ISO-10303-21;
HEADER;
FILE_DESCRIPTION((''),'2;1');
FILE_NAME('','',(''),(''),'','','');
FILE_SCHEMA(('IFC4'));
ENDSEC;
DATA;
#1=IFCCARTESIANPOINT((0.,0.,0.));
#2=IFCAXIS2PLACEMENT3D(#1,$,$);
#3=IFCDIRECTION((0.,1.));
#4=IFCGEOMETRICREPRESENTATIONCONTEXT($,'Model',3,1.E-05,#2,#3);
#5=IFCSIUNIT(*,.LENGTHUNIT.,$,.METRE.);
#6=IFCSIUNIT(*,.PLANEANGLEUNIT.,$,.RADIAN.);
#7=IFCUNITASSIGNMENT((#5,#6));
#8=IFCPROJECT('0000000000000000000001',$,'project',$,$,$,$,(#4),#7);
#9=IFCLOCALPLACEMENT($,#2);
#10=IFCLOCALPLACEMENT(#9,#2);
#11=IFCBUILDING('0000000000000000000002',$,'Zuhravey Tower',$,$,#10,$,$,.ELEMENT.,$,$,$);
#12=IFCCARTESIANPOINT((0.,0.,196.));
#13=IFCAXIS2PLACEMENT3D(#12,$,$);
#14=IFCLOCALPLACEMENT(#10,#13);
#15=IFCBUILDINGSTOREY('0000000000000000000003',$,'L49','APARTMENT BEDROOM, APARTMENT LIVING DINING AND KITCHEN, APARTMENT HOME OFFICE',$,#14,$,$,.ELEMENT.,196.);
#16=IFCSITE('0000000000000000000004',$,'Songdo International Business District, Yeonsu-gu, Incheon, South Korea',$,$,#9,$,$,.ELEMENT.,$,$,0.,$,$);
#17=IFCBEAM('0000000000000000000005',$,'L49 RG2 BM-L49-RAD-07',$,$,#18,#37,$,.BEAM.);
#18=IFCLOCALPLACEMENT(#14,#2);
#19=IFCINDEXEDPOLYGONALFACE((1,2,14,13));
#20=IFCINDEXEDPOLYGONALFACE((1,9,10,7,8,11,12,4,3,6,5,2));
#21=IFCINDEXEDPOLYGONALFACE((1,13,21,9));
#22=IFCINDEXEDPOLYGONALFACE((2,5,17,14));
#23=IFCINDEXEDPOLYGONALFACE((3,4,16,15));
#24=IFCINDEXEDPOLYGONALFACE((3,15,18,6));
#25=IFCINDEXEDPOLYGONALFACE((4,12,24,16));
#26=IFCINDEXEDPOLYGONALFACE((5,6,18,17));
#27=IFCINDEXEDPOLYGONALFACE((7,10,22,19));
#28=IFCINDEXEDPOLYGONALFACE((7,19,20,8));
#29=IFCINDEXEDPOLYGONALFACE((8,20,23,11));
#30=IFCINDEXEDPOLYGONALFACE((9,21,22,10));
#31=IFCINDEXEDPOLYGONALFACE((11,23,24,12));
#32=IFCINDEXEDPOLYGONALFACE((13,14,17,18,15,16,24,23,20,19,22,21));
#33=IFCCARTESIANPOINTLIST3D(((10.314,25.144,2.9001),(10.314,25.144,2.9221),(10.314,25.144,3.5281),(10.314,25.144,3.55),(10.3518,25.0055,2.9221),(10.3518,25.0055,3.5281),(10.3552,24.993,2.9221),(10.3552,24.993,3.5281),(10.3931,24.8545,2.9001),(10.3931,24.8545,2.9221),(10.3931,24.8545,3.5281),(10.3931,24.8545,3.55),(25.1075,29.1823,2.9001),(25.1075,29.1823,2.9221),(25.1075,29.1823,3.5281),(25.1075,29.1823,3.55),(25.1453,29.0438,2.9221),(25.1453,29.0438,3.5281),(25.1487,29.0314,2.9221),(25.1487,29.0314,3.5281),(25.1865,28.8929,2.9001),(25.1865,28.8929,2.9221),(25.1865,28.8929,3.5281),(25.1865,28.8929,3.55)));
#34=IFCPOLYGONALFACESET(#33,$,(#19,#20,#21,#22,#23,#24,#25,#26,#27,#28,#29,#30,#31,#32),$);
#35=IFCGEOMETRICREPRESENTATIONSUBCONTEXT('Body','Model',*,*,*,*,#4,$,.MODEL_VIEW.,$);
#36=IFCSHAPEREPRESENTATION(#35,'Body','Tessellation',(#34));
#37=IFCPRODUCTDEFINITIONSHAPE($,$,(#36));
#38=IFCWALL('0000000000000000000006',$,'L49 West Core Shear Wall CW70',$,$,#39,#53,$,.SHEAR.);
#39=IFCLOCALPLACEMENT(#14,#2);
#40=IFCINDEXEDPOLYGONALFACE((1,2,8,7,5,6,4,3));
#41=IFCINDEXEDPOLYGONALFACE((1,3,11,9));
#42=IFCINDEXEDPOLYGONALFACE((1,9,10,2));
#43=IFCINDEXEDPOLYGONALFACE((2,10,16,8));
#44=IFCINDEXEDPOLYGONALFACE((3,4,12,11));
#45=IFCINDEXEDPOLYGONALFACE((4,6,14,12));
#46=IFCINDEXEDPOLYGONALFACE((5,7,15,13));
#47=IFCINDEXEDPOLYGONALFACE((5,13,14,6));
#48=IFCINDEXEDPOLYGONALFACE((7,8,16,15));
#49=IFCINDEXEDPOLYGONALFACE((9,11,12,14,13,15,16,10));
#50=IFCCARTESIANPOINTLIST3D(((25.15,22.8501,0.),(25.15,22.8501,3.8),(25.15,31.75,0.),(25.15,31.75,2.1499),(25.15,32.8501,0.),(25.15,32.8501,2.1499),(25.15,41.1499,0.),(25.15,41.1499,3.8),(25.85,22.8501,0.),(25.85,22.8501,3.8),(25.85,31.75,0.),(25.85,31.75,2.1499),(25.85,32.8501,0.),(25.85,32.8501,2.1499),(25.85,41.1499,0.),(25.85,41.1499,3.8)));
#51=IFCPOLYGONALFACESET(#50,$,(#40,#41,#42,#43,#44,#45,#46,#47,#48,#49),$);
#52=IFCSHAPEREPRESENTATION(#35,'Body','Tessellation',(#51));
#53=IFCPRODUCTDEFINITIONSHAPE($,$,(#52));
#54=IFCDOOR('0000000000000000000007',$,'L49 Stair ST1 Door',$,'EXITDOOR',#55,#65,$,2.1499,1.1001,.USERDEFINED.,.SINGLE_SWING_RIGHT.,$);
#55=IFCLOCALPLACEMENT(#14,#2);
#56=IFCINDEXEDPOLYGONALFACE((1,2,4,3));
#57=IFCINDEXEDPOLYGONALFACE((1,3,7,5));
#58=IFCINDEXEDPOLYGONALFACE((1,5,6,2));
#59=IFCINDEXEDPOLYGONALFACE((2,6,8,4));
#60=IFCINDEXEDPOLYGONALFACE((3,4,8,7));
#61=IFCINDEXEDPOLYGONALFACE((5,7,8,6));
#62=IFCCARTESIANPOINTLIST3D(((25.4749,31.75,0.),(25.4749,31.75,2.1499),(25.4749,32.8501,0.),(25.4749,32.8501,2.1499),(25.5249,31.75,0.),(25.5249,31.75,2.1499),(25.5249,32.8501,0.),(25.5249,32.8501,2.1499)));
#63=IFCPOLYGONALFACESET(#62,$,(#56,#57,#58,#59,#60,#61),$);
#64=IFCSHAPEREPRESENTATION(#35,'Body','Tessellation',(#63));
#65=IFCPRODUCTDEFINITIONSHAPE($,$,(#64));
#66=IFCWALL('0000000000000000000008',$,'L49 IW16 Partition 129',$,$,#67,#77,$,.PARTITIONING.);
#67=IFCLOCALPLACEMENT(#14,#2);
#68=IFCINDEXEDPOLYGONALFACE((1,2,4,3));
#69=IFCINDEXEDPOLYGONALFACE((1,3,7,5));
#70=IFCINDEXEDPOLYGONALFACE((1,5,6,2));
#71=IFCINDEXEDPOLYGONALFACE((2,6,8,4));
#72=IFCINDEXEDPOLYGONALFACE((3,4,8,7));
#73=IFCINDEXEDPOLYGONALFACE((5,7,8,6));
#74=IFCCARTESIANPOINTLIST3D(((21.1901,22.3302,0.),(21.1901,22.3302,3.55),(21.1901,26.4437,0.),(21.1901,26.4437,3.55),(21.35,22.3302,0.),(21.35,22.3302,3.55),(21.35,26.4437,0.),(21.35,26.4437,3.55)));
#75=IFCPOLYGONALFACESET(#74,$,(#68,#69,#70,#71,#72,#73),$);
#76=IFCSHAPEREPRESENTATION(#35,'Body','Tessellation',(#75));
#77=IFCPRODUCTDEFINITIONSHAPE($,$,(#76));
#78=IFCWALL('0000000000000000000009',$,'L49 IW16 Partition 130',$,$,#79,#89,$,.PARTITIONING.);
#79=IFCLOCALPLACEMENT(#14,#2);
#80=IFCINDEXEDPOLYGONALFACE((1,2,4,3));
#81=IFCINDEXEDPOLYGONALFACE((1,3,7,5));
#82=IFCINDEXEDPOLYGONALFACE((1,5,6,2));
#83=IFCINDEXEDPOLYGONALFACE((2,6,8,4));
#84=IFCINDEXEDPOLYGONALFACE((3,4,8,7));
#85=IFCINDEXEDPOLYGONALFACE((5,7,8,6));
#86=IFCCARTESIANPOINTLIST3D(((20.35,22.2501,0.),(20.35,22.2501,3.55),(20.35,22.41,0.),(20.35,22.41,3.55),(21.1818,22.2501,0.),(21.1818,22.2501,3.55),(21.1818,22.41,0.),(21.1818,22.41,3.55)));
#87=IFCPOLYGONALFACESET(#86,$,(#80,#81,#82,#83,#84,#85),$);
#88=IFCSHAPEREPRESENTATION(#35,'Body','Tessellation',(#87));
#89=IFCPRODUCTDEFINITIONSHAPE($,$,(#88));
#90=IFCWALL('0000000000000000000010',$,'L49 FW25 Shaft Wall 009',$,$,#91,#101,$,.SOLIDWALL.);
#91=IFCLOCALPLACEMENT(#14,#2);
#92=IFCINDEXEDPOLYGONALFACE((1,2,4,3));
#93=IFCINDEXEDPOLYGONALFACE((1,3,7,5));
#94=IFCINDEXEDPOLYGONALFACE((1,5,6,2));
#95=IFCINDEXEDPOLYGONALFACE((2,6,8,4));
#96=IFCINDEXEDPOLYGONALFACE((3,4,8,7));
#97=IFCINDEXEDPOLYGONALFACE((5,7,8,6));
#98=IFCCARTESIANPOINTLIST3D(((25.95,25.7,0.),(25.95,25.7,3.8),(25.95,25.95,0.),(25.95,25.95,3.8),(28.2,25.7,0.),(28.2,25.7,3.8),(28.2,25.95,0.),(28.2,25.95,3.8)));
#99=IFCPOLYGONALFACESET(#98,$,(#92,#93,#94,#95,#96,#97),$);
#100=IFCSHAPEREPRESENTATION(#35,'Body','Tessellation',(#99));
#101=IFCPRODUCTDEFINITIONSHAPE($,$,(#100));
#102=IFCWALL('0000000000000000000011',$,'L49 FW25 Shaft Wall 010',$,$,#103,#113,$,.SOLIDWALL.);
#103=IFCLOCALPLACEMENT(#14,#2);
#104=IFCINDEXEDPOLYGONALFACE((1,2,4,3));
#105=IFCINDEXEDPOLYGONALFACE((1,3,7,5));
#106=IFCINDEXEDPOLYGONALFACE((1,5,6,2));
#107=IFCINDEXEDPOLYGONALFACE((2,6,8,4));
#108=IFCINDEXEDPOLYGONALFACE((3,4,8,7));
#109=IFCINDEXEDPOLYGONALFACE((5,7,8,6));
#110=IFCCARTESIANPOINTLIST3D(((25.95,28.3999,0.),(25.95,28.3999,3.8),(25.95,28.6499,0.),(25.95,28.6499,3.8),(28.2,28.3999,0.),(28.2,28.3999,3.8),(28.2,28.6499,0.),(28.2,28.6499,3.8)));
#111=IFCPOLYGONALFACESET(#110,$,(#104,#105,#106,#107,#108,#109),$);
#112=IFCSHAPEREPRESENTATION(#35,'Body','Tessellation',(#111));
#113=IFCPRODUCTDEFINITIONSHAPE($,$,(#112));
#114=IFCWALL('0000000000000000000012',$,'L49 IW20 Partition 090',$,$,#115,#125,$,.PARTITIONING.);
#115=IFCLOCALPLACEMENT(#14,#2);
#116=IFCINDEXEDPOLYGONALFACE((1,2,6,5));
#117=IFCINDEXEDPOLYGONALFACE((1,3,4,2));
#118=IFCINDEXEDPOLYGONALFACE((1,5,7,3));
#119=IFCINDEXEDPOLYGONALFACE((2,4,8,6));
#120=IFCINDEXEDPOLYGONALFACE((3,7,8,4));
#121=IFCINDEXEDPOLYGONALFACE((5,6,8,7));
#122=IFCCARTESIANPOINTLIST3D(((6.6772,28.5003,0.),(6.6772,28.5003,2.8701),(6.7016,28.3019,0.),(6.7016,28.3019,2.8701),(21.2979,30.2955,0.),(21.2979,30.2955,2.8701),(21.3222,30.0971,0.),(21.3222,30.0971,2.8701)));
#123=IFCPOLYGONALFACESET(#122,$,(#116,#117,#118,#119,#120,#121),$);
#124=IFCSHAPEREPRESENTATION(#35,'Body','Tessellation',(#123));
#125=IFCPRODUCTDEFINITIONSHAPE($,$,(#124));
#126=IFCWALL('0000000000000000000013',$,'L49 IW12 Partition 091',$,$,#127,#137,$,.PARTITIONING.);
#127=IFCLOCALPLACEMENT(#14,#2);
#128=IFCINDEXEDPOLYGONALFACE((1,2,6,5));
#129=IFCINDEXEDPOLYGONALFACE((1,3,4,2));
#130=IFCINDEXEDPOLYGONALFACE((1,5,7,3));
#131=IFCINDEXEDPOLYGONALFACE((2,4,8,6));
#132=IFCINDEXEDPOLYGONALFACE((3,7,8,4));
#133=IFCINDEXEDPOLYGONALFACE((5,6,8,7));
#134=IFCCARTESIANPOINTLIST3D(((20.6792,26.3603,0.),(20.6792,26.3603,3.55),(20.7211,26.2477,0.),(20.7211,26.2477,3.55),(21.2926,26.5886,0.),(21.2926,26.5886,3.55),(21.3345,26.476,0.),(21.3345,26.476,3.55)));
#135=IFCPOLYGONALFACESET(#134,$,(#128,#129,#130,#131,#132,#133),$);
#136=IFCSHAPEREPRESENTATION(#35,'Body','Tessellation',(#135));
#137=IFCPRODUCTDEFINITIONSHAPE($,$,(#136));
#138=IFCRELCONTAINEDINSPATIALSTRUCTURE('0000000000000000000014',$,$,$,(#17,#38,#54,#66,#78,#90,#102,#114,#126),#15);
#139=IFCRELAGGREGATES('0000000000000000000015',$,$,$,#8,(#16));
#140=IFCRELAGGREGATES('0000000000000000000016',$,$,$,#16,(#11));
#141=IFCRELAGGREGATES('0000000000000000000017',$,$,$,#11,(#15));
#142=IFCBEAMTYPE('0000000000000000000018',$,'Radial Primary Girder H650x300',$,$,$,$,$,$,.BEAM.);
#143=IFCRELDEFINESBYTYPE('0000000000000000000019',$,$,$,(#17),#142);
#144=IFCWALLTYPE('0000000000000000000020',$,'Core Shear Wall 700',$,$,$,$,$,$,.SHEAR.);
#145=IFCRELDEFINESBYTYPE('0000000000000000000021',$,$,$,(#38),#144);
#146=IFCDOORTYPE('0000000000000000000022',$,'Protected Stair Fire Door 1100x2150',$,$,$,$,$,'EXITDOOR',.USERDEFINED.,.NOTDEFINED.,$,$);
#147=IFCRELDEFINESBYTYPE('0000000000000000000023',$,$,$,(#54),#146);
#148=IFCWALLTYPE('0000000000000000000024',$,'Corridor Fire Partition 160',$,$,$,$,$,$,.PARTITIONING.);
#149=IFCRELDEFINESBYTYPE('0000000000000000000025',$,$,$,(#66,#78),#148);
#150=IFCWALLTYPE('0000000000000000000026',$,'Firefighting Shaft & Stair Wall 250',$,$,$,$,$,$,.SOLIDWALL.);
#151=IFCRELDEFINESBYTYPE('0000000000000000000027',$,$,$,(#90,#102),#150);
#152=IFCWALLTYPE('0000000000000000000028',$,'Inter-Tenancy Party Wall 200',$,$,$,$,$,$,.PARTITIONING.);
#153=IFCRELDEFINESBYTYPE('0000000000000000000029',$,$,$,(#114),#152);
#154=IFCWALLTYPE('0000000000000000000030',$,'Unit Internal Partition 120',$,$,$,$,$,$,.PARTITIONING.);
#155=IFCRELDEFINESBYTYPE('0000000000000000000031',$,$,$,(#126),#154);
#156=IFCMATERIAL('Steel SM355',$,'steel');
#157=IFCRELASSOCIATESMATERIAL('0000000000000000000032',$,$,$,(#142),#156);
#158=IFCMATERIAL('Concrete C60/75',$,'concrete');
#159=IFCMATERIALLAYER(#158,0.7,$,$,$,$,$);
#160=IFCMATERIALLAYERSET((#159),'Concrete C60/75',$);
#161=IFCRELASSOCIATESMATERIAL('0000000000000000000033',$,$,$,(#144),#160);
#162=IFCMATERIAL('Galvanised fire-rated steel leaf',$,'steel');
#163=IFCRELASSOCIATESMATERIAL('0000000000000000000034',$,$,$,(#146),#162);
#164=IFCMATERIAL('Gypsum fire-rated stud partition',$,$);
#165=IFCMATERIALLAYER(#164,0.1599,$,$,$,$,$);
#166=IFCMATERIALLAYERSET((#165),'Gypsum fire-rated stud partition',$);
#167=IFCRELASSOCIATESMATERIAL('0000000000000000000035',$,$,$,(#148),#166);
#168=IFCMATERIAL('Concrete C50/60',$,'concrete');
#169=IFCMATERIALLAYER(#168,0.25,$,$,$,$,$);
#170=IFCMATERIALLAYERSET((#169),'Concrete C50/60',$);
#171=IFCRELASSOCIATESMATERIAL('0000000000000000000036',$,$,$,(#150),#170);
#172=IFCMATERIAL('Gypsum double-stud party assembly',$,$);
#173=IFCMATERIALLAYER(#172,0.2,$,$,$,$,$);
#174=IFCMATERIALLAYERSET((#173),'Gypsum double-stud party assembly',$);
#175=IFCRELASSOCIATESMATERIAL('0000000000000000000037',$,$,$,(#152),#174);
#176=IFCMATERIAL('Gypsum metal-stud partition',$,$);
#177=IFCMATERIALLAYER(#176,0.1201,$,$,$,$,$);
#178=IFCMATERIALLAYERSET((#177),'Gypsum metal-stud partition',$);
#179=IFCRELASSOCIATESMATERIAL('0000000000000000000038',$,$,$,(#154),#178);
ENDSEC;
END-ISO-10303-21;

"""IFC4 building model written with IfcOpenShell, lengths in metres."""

from ifc_helpers import new_model, si_unit, direction, frame, frame_2d, origin, origin_2d, place, context, subcontext, project, spatial, rectangle, i_section, extrude, material, layer, layer_set, material_profile, profile_set, type_object, element, fill, save


model = new_model("IFC4")

# Units and contexts
model_context = context("Model", 3, precision=1e-05, world=origin(), true_north=direction((0.0, 1.0)))
body_context = subcontext(model_context, "Body", "Model", "MODEL_VIEW")
ifc_project = project(units=[si_unit("LENGTHUNIT", "METRE"), si_unit("PLANEANGLEUNIT", "RADIAN")], contexts=[model_context])

# Site, building, storey
site_placement = place(None, origin())
site = spatial("IfcSite", under=ifc_project, at=site_placement, Name="Songdo International Business District, Yeonsu-gu, Incheon, South Korea", CompositionType="ELEMENT", RefElevation=0.0)
building_placement = place(site_placement, origin())
building = spatial("IfcBuilding", under=site, at=building_placement, Name="Zuhravey Tower", CompositionType="ELEMENT")
storey_placement = place(building_placement, frame((0.0, 0.0, 196.0)))
storey = spatial("IfcBuildingStorey", under=building, at=storey_placement, Name="L49", Description="APARTMENT BEDROOM, APARTMENT LIVING DINING AND KITCHEN, APARTMENT HOME OFFICE", CompositionType="ELEMENT", Elevation=196.0)

# Beam
ifc_material_1 = material(Name="Steel SM355", Category="steel")
ifc_material_profile = material_profile(ifc_material_1, i_section(OverallWidth=0.3, OverallDepth=0.6499, WebThickness=0.0129, FlangeThickness=0.022, at=origin_2d()), Name="H-650x300x13x22")
ifc_profile_set = profile_set([ifc_material_profile], Name="Steel SM355")
beam_type = type_object("IfcBeamType", Name="Radial Primary Girder H650x300", PredefinedType="BEAM", material=ifc_profile_set)
beam_placement = place(storey_placement, frame((25.147, 29.0376, 3.2251), z_axis=(-0.964702, -0.263345, 0.0), x_axis=(0.263345, -0.964702, 0.0)))
element("IfcBeam", 1, at=beam_placement, inside=storey, type_object=beam_type, Name="L49 RG2 BM-L49-RAD-07", PredefinedType="BEAM", context=body_context, shape_type="SweptSolid", body=[
    extrude(i_section(OverallWidth=0.3, OverallDepth=0.6499, WebThickness=0.0129, FlangeThickness=0.022, at=origin_2d()), origin(), (0.0, 0.0, 1.0), 15.3347),
])

# Wall, opening, door
ifc_material_2 = material(Name="Concrete C60/75", Category="concrete")
ifc_layer_1 = layer(ifc_material_2, 0.7)
ifc_layer_set_1 = layer_set([ifc_layer_1], Name="Concrete C60/75")
wall_type_1 = type_object("IfcWallType", Name="Core Shear Wall 700", PredefinedType="SHEAR", material=ifc_layer_set_1)
ifc_material_3 = material(Name="Galvanised fire-rated steel leaf", Category="steel")
wall_1_placement = place(storey_placement, frame((25.5, 22.8501, 0.0), z_axis=(0.0, 0.0, 1.0), x_axis=(0.0, 1.0, 0.0)))
wall_1 = element("IfcWall", 2, at=wall_1_placement, inside=storey, type_object=wall_type_1, Name="L49 West Core Shear Wall CW70", PredefinedType="SHEAR", context=body_context, shape_type="SweptSolid", body=[
    extrude(rectangle(XDim=18.2998, YDim=0.7, at=frame_2d((9.1499, 0.0))), origin(), (0.0, 0.0, 1.0), 3.8),
])
opening_1_placement = place(wall_1_placement, frame((8.8999, 0.0, 0.0)))
opening_1 = element("IfcOpeningElement", 3, at=opening_1_placement, cuts=wall_1, PredefinedType="OPENING", context=body_context, shape_type="SweptSolid", body=[
    extrude(rectangle(XDim=1.1001, YDim=2.1499, at=frame_2d((0.55, 1.075))), frame((0.0, 0.3621, 0.0), z_axis=(0.0, -1.0, 0.0), x_axis=(1.0, 0.0, 0.0)), (0.0, 0.0, 1.0), 0.7239),
])
door_type_1 = type_object("IfcDoorType", Name="Protected Stair Fire Door 1100x2150", ElementType="EXITDOOR", OperationType="NOTDEFINED", PredefinedType="USERDEFINED", material=ifc_material_3)
door_1_placement = place(opening_1_placement, frame((1.1001, 0.0, 0.0), z_axis=(0.0, 0.0, 1.0), x_axis=(-1.0, 0.0, 0.0)))
door_1 = element("IfcDoor", 4, at=door_1_placement, inside=storey, type_object=door_type_1, Name="L49 Stair ST1 Door", ObjectType="EXITDOOR", OperationType="SINGLE_SWING_RIGHT", OverallHeight=2.1499, OverallWidth=1.1001, PredefinedType="USERDEFINED", context=body_context, shape_type="SweptSolid", body=[
    extrude(rectangle(XDim=1.1001, YDim=2.1499, at=frame_2d((0.55, 1.075))), frame((0.0, 0.0249, 0.0), z_axis=(0.0, -1.0, 0.0), x_axis=(1.0, 0.0, 0.0)), (0.0, 0.0, 1.0), 0.05),
])
fill(opening_1, door_1)
ifc_material_4 = material(Name="Gypsum fire-rated stud partition")
ifc_layer_2 = layer(ifc_material_4, 0.1599)
ifc_layer_set_2 = layer_set([ifc_layer_2], Name="Gypsum fire-rated stud partition")
wall_type_2 = type_object("IfcWallType", Name="Corridor Fire Partition 160", PredefinedType="PARTITIONING", material=ifc_layer_set_2)

# Walls
wall_2_placement = place(storey_placement, frame((21.27, 26.4436, 0.0), z_axis=(0.0, 0.0, 1.0), x_axis=(0.0, -1.0, 0.0)))
element("IfcWall", 5, at=wall_2_placement, inside=storey, type_object=wall_type_2, Name="L49 IW16 Partition 129", PredefinedType="PARTITIONING", context=body_context, shape_type="SweptSolid", body=[
    extrude(rectangle(XDim=4.1135, YDim=0.1599, at=frame_2d((2.0566, 0.0))), origin(), (0.0, 0.0, 1.0), 3.55),
])
wall_3_placement = place(storey_placement, frame((21.1819, 22.3301, 0.0), z_axis=(0.0, 0.0, 1.0), x_axis=(-1.0, 0.0, 0.0)))
element("IfcWall", 6, at=wall_3_placement, inside=storey, type_object=wall_type_2, Name="L49 IW16 Partition 130", PredefinedType="PARTITIONING", context=body_context, shape_type="SweptSolid", body=[
    extrude(rectangle(XDim=0.8318, YDim=0.1599, at=frame_2d((0.416, 0.0))), origin(), (0.0, 0.0, 1.0), 3.55),
])

# Shared definitions
ifc_material_5 = material(Name="Concrete C50/60", Category="concrete")
ifc_layer_3 = layer(ifc_material_5, 0.25)
ifc_layer_set_3 = layer_set([ifc_layer_3], Name="Concrete C50/60")
wall_type_3 = type_object("IfcWallType", Name="Firefighting Shaft & Stair Wall 250", PredefinedType="SOLIDWALL", material=ifc_layer_set_3)

# Walls
for number, where, z_axis, x_axis, name in (
    (7, (25.95, 25.825, 0.0), (0.0, 0.0, 1.0), (1.0, 0.0, 0.0), "L49 FW25 Shaft Wall 009"),
    (8, (25.95, 28.5249, 0.0), (0.0, 0.0, 1.0), (1.0, 0.0, 0.0), "L49 FW25 Shaft Wall 010"),
):
    element("IfcWall", number, at=place(storey_placement, frame(where, z_axis=z_axis, x_axis=x_axis)), inside=storey, type_object=wall_type_3, Name=name, PredefinedType="SOLIDWALL", context=body_context, shape_type="SweptSolid", body=[
        extrude(rectangle(XDim=2.25, YDim=0.25, at=frame_2d((1.125, 0.0))), origin(), (0.0, 0.0, 1.0), 3.8),
    ])
ifc_material_6 = material(Name="Gypsum double-stud party assembly")
ifc_layer_4 = layer(ifc_material_6, 0.2)
ifc_layer_set_4 = layer_set([ifc_layer_4], Name="Gypsum double-stud party assembly")
wall_type_4 = type_object("IfcWallType", Name="Inter-Tenancy Party Wall 200", PredefinedType="PARTITIONING", material=ifc_layer_set_4)
wall_4_placement = place(storey_placement, frame((21.3101, 30.1963, 0.0), z_axis=(0.0, 0.0, 1.0), x_axis=(-0.992546, -0.121868, 0.0)))
element("IfcWall", 9, at=wall_4_placement, inside=storey, type_object=wall_type_4, Name="L49 IW20 Partition 090", PredefinedType="PARTITIONING", context=body_context, shape_type="SweptSolid", body=[
    extrude(rectangle(XDim=14.7305, YDim=0.2, at=frame_2d((7.3652, 0.0))), origin(), (0.0, 0.0, 1.0), 2.8701),
])
ifc_material_7 = material(Name="Gypsum metal-stud partition")
ifc_layer_5 = layer(ifc_material_7, 0.1201)
ifc_layer_set_5 = layer_set([ifc_layer_5], Name="Gypsum metal-stud partition")
wall_type_5 = type_object("IfcWallType", Name="Unit Internal Partition 120", PredefinedType="PARTITIONING", material=ifc_layer_set_5)
wall_5_placement = place(storey_placement, frame((21.3135, 26.5322, 0.0), z_axis=(0.0, 0.0, 1.0), x_axis=(-0.93723, -0.348711, 0.0)))
element("IfcWall", 10, at=wall_5_placement, inside=storey, type_object=wall_type_5, Name="L49 IW12 Partition 091", PredefinedType="PARTITIONING", context=body_context, shape_type="SweptSolid", body=[
    extrude(rectangle(XDim=0.6545, YDim=0.1201, at=frame_2d((0.3271, 0.0))), origin(), (0.0, 0.0, 1.0), 3.55),
])

save(model, "model.ifc")
